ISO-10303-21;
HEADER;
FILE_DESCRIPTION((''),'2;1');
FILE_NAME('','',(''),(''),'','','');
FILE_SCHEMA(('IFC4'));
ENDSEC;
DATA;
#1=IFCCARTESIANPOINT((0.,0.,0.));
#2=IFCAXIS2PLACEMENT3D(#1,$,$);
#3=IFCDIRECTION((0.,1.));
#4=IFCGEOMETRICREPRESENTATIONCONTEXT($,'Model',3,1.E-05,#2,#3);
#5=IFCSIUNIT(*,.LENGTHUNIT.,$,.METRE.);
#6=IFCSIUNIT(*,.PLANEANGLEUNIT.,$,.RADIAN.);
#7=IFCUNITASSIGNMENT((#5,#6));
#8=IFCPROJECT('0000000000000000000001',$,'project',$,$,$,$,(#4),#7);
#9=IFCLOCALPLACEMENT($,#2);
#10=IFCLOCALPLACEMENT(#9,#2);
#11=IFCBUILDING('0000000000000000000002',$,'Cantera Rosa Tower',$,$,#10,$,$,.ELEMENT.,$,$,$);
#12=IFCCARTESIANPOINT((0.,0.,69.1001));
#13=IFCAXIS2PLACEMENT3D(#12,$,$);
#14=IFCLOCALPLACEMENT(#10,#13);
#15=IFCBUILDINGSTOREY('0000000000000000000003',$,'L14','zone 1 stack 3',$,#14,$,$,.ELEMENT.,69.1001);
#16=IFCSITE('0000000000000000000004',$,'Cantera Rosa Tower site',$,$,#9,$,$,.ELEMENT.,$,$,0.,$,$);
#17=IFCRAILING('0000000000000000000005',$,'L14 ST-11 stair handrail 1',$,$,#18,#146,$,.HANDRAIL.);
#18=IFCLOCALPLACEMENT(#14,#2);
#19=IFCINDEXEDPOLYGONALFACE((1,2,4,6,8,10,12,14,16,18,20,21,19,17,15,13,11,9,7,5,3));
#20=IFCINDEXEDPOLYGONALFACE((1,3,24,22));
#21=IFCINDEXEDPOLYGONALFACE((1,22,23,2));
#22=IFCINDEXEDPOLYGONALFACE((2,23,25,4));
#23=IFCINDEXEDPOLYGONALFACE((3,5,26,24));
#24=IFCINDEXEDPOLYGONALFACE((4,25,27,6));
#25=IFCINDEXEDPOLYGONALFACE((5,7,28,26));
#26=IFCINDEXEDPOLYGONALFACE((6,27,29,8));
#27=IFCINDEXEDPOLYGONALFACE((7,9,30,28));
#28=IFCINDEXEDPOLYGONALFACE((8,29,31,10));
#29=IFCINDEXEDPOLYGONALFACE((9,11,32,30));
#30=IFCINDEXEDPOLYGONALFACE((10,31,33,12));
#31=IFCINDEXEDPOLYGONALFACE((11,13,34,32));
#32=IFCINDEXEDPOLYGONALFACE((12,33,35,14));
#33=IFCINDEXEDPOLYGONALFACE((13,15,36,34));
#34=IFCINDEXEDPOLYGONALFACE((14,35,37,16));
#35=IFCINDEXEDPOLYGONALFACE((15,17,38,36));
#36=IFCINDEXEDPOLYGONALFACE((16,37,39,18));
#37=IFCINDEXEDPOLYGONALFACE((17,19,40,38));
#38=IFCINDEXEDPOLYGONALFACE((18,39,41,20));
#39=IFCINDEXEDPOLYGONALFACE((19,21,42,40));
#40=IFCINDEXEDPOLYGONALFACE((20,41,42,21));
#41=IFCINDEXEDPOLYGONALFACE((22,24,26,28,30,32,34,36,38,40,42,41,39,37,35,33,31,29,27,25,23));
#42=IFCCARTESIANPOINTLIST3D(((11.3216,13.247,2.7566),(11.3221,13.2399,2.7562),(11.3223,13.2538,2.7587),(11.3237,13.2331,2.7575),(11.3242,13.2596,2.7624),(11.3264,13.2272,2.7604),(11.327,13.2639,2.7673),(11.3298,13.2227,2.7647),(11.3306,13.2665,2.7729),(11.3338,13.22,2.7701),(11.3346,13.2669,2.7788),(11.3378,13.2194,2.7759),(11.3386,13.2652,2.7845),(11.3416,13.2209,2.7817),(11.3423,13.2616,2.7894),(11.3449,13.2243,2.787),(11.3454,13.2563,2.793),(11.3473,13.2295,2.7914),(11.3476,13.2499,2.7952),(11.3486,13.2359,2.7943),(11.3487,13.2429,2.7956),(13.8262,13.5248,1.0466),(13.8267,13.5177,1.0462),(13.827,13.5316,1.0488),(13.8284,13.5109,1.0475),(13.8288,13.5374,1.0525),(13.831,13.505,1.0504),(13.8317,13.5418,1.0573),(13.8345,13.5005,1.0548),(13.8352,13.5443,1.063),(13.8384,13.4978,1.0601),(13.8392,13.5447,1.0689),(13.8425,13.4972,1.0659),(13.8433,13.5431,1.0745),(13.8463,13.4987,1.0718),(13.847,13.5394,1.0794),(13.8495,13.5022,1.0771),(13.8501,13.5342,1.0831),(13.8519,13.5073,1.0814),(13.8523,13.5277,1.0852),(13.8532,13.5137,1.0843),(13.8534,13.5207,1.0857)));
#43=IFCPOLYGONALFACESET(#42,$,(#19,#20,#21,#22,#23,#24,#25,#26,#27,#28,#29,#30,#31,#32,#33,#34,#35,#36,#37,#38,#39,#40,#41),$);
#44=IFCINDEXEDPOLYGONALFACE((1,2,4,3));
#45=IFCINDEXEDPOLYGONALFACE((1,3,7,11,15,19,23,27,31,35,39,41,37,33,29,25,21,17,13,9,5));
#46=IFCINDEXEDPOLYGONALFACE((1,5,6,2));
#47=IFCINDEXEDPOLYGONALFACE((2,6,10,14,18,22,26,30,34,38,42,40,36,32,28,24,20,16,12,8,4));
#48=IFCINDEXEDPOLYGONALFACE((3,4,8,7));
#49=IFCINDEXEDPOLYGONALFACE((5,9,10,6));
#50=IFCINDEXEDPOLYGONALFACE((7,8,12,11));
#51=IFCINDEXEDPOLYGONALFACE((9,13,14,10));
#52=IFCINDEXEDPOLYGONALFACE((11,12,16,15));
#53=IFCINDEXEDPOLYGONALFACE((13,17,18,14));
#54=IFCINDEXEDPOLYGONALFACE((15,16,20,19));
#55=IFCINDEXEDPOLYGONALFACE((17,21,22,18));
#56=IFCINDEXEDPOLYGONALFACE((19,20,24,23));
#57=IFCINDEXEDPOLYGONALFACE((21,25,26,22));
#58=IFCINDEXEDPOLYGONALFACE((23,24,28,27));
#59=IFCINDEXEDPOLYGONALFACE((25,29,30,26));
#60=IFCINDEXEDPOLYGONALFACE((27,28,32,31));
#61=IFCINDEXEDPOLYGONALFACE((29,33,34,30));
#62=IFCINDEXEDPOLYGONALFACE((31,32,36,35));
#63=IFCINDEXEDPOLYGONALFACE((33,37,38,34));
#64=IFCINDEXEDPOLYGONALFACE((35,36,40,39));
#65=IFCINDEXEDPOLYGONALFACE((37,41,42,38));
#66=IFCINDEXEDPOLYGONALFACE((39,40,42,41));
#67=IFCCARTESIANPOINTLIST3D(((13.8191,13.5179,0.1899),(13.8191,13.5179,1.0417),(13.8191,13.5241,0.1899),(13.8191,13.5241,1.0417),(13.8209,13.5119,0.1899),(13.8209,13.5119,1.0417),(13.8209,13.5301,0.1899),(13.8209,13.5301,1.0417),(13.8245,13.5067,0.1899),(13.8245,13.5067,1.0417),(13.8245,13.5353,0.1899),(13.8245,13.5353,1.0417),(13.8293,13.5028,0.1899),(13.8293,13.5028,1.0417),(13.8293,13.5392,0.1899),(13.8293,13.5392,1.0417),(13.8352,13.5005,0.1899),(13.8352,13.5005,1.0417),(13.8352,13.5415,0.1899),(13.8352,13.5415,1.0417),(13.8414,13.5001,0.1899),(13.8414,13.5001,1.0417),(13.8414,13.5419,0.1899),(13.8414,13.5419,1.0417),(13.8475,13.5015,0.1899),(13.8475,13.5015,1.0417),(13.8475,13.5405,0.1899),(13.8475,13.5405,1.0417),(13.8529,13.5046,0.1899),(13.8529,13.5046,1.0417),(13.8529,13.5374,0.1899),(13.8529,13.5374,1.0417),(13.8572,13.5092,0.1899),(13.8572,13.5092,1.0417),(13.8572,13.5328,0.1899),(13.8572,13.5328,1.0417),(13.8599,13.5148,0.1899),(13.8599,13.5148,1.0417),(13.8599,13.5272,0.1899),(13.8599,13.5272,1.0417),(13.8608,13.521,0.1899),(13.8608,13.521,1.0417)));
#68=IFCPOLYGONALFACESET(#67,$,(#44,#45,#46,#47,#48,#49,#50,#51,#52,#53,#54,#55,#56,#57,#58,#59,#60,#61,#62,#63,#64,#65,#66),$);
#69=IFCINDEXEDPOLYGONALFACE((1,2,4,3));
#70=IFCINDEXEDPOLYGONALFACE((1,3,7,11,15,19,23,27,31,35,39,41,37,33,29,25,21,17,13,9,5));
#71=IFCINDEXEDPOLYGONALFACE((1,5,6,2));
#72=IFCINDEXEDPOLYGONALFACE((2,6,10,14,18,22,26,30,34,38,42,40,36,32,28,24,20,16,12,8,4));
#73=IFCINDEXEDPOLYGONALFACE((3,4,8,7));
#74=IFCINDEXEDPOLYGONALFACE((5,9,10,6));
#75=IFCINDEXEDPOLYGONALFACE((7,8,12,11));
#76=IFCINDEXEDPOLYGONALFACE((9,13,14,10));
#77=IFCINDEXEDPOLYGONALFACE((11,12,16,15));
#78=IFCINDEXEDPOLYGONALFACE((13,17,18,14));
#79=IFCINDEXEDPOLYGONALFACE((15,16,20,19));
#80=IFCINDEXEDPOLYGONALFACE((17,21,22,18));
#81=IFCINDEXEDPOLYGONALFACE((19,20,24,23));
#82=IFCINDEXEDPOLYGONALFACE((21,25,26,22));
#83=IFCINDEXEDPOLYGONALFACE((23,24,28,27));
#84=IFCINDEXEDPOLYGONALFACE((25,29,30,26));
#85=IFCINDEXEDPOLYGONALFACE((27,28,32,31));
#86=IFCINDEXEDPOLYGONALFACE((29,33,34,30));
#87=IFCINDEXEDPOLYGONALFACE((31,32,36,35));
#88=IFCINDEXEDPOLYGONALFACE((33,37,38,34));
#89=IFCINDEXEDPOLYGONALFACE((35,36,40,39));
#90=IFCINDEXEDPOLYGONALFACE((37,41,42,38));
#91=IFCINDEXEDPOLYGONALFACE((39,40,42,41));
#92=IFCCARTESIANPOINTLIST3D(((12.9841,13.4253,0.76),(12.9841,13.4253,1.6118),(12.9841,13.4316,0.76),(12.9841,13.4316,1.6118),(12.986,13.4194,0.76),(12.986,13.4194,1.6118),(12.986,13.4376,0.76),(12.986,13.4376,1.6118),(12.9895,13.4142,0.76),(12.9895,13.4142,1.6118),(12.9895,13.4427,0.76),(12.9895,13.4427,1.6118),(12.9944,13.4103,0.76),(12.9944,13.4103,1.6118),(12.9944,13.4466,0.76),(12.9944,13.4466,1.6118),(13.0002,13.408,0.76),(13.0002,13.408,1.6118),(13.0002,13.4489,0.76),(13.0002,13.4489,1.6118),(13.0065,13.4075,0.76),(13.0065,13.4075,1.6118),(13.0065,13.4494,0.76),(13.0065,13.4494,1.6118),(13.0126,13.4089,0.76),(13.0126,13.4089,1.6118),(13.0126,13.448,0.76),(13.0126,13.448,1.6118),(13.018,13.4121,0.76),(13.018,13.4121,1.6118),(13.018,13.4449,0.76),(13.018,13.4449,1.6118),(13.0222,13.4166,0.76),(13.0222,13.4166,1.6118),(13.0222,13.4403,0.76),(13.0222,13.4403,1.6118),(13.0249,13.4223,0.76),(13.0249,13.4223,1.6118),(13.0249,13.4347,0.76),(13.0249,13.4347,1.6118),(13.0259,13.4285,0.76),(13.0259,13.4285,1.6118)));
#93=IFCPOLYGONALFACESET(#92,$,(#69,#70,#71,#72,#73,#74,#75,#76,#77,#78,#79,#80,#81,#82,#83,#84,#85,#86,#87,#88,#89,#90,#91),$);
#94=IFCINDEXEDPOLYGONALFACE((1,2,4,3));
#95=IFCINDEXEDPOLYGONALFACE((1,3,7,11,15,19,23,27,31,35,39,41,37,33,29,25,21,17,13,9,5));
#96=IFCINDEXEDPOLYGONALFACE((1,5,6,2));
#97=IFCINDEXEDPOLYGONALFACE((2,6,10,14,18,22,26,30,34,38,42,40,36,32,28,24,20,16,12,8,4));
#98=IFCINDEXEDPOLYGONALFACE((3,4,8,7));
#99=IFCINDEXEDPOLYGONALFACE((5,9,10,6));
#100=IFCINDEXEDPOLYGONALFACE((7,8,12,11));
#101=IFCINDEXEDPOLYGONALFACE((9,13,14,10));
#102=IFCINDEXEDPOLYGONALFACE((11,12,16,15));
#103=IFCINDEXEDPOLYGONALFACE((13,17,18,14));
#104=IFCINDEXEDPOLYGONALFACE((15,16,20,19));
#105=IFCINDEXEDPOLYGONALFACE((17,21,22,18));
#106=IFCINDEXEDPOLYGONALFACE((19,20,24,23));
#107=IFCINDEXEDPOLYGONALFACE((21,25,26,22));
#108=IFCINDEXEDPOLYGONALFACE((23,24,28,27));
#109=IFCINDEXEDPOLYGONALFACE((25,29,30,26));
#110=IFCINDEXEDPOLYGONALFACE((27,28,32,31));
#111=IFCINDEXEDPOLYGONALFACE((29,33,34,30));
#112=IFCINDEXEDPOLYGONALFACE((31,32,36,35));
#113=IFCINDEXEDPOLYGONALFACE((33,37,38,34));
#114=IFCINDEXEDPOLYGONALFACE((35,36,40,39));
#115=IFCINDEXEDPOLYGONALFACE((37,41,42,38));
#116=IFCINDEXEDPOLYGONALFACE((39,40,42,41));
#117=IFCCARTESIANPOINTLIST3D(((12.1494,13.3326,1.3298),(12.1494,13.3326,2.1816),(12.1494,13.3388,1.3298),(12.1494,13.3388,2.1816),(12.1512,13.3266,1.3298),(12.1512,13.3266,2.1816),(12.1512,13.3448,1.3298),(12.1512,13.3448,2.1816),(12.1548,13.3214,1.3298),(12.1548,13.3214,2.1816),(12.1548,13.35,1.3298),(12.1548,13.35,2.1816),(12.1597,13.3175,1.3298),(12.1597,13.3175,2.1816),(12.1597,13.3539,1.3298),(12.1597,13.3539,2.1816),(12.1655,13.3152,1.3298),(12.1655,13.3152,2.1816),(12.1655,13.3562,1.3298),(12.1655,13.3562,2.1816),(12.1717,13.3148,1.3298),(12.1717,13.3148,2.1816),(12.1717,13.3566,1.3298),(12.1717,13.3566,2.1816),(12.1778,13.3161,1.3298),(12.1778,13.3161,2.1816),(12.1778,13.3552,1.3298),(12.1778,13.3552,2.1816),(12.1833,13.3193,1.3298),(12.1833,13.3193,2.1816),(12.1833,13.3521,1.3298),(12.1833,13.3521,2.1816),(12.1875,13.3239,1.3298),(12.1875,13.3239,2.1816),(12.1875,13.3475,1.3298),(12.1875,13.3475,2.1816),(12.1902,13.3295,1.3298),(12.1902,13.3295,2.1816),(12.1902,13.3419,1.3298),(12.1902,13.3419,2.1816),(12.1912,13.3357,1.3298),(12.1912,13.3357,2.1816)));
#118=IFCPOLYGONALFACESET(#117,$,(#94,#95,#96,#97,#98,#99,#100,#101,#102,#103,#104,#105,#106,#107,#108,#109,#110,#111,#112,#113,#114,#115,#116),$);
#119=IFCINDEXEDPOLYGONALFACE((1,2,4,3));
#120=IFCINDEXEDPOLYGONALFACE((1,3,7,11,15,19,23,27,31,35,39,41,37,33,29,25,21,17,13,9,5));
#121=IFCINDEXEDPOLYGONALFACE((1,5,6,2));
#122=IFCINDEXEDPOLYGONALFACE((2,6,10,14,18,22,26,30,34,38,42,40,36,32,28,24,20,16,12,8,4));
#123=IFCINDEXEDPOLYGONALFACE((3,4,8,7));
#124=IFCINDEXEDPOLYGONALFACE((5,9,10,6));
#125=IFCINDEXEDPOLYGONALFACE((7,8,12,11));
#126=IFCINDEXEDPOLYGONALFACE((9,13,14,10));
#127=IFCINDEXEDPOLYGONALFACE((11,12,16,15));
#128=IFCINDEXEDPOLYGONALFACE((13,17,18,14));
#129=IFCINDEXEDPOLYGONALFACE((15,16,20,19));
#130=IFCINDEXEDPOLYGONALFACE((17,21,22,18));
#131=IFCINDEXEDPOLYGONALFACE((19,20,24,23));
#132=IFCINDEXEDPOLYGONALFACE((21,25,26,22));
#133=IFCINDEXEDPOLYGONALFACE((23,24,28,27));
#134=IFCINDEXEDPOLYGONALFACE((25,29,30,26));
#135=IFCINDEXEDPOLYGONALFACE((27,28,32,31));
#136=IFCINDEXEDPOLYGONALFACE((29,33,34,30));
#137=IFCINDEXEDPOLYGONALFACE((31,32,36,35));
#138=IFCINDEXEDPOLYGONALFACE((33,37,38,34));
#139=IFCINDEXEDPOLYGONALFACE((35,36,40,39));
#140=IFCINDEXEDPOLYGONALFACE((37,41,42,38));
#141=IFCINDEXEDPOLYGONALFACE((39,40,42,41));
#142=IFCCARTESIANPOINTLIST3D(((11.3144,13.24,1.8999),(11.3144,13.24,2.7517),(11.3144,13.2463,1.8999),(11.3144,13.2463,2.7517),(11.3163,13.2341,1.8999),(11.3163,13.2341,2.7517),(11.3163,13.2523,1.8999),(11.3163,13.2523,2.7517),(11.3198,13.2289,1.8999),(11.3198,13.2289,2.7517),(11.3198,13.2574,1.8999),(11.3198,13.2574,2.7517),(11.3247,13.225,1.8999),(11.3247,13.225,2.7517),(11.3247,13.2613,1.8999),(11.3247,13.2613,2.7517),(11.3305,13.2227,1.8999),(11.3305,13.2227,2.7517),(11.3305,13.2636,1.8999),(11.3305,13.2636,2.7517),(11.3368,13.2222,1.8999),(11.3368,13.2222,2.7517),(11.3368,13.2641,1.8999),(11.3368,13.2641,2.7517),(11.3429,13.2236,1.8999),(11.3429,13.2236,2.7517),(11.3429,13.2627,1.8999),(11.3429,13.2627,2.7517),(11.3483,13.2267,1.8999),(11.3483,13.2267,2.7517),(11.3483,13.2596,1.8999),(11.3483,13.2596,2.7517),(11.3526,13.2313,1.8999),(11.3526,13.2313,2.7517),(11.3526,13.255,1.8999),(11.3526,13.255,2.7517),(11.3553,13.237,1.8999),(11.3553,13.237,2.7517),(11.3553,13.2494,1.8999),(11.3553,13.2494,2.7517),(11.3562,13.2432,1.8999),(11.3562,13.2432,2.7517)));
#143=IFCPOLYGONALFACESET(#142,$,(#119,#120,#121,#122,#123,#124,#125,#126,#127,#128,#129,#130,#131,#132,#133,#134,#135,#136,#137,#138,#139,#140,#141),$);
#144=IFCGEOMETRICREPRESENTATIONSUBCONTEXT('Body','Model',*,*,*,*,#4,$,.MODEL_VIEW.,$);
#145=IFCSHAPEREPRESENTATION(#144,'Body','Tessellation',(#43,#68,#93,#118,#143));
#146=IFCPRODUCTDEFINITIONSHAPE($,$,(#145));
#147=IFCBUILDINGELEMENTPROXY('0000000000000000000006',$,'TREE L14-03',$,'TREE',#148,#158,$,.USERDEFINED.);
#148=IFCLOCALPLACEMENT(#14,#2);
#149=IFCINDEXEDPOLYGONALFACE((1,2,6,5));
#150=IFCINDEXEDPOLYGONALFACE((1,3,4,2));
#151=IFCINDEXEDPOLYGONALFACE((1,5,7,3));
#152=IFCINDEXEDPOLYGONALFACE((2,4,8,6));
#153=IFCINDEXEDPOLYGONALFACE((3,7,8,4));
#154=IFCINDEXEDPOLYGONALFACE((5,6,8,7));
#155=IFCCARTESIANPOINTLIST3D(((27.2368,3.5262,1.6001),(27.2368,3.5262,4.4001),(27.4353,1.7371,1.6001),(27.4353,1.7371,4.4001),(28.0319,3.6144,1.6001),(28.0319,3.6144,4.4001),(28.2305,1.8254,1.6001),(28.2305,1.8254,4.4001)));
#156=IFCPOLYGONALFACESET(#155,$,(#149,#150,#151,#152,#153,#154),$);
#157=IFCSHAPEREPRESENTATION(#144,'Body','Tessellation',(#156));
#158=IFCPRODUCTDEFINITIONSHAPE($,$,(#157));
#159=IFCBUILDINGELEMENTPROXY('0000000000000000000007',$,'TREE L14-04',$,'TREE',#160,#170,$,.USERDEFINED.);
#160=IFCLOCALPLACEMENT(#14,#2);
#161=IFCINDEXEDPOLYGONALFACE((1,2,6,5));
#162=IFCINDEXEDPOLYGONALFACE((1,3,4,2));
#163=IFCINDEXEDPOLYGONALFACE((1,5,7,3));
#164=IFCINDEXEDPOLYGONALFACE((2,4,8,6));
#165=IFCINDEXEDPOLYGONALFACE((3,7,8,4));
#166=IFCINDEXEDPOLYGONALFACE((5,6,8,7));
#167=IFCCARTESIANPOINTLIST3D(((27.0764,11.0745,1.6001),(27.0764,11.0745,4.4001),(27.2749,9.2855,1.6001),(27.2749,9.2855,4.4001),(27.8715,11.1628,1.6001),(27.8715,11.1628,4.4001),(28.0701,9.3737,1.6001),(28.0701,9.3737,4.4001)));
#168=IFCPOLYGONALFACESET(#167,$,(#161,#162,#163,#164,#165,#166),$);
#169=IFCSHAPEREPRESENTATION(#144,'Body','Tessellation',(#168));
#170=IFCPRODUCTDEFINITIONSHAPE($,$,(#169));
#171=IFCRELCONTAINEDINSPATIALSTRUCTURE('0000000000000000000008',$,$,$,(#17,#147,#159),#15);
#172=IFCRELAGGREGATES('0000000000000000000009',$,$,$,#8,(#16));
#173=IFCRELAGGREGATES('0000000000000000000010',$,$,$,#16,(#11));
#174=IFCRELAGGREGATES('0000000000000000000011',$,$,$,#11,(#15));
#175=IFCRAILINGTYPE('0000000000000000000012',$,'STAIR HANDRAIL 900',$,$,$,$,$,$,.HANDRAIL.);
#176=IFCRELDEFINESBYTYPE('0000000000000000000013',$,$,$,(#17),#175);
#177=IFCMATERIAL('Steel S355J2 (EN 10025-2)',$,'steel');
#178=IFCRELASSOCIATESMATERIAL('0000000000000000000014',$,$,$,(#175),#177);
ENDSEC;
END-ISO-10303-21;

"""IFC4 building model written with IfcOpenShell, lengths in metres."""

from ifc_helpers import new_model, si_unit, direction, frame, origin, origin_2d, place, context, subcontext, project, spatial, rectangle, circle, extrude, material, type_object, element, save


model = new_model("IFC4")

# Units and contexts
model_context = context("Model", 3, precision=1e-05, world=origin(), true_north=direction((0.0, 1.0)))
body_context = subcontext(model_context, "Body", "Model", "MODEL_VIEW")
ifc_project = project(units=[si_unit("LENGTHUNIT", "METRE"), si_unit("PLANEANGLEUNIT", "RADIAN")], contexts=[model_context])

# Site, building, storey
site_placement = place(None, origin())
site = spatial("IfcSite", under=ifc_project, at=site_placement, Name="Cantera Rosa Tower site", CompositionType="ELEMENT", RefElevation=0.0)
building_placement = place(site_placement, origin())
building = spatial("IfcBuilding", under=site, at=building_placement, Name="Cantera Rosa Tower", CompositionType="ELEMENT")
storey_placement = place(building_placement, frame((0.0, 0.0, 69.1001)))
storey = spatial("IfcBuildingStorey", under=building, at=storey_placement, Name="L14", Description="zone 1 stack 3", CompositionType="ELEMENT", Elevation=69.1001)

# Railing
ifc_material_1 = material(Name="Steel S355J2 (EN 10025-2)", Category="steel")
railing_type_1 = type_object("IfcRailingType", Name="STAIR HANDRAIL 900", PredefinedType="HANDRAIL", material=ifc_material_1)
railing_1_placement = place(storey_placement, frame((13.8398, 13.521, 0.1899)))
element("IfcRailing", 1, at=railing_1_placement, inside=storey, type_object=railing_type_1, Name="L14 ST-11 stair handrail 1", PredefinedType="HANDRAIL", context=body_context, shape_type="SweptSolid", body=[
    extrude(circle(Radius=0.0239, at=origin_2d()), frame((0.0, 0.0, 0.876), z_axis=(-0.822437, -0.091231, 0.561492), x_axis=(0.110251, -0.993904, 0.0)), (0.0, 0.0, 1.0), 3.0454),
    extrude(circle(Radius=0.021, at=origin_2d()), origin(), (0.0, 0.0, 1.0), 0.8518),
    extrude(circle(Radius=0.021, at=origin_2d()), frame((-0.835, -0.0925, 0.5701)), (0.0, 0.0, 1.0), 0.8518),
    extrude(circle(Radius=0.021, at=origin_2d()), frame((-1.6697, -0.1853, 1.1399)), (0.0, 0.0, 1.0), 0.8518),
    extrude(circle(Radius=0.021, at=origin_2d()), frame((-2.5046, -0.2778, 1.71)), (0.0, 0.0, 1.0), 0.8518),
])

# Building element proxies
for number, where, z_axis, x_axis, name in (
    (2, (27.7336, 2.6758, 1.6001), (0.0, 0.0, 1.0), (-0.110313, 0.993897, 0.0), "TREE L14-03"),
    (3, (27.5732, 10.2241, 1.6001), (0.0, 0.0, 1.0), (-0.110313, 0.993897, 0.0), "TREE L14-04"),
):
    element("IfcBuildingElementProxy", number, at=place(storey_placement, frame(where, z_axis=z_axis, x_axis=x_axis)), inside=storey, Name=name, ObjectType="TREE", PredefinedType="USERDEFINED", context=body_context, shape_type="SweptSolid", body=[
        extrude(rectangle(XDim=1.8, YDim=0.8, at=origin_2d()), origin(), (0.0, 0.0, 1.0), 2.8),
    ])

save(model, "model.ifc")
